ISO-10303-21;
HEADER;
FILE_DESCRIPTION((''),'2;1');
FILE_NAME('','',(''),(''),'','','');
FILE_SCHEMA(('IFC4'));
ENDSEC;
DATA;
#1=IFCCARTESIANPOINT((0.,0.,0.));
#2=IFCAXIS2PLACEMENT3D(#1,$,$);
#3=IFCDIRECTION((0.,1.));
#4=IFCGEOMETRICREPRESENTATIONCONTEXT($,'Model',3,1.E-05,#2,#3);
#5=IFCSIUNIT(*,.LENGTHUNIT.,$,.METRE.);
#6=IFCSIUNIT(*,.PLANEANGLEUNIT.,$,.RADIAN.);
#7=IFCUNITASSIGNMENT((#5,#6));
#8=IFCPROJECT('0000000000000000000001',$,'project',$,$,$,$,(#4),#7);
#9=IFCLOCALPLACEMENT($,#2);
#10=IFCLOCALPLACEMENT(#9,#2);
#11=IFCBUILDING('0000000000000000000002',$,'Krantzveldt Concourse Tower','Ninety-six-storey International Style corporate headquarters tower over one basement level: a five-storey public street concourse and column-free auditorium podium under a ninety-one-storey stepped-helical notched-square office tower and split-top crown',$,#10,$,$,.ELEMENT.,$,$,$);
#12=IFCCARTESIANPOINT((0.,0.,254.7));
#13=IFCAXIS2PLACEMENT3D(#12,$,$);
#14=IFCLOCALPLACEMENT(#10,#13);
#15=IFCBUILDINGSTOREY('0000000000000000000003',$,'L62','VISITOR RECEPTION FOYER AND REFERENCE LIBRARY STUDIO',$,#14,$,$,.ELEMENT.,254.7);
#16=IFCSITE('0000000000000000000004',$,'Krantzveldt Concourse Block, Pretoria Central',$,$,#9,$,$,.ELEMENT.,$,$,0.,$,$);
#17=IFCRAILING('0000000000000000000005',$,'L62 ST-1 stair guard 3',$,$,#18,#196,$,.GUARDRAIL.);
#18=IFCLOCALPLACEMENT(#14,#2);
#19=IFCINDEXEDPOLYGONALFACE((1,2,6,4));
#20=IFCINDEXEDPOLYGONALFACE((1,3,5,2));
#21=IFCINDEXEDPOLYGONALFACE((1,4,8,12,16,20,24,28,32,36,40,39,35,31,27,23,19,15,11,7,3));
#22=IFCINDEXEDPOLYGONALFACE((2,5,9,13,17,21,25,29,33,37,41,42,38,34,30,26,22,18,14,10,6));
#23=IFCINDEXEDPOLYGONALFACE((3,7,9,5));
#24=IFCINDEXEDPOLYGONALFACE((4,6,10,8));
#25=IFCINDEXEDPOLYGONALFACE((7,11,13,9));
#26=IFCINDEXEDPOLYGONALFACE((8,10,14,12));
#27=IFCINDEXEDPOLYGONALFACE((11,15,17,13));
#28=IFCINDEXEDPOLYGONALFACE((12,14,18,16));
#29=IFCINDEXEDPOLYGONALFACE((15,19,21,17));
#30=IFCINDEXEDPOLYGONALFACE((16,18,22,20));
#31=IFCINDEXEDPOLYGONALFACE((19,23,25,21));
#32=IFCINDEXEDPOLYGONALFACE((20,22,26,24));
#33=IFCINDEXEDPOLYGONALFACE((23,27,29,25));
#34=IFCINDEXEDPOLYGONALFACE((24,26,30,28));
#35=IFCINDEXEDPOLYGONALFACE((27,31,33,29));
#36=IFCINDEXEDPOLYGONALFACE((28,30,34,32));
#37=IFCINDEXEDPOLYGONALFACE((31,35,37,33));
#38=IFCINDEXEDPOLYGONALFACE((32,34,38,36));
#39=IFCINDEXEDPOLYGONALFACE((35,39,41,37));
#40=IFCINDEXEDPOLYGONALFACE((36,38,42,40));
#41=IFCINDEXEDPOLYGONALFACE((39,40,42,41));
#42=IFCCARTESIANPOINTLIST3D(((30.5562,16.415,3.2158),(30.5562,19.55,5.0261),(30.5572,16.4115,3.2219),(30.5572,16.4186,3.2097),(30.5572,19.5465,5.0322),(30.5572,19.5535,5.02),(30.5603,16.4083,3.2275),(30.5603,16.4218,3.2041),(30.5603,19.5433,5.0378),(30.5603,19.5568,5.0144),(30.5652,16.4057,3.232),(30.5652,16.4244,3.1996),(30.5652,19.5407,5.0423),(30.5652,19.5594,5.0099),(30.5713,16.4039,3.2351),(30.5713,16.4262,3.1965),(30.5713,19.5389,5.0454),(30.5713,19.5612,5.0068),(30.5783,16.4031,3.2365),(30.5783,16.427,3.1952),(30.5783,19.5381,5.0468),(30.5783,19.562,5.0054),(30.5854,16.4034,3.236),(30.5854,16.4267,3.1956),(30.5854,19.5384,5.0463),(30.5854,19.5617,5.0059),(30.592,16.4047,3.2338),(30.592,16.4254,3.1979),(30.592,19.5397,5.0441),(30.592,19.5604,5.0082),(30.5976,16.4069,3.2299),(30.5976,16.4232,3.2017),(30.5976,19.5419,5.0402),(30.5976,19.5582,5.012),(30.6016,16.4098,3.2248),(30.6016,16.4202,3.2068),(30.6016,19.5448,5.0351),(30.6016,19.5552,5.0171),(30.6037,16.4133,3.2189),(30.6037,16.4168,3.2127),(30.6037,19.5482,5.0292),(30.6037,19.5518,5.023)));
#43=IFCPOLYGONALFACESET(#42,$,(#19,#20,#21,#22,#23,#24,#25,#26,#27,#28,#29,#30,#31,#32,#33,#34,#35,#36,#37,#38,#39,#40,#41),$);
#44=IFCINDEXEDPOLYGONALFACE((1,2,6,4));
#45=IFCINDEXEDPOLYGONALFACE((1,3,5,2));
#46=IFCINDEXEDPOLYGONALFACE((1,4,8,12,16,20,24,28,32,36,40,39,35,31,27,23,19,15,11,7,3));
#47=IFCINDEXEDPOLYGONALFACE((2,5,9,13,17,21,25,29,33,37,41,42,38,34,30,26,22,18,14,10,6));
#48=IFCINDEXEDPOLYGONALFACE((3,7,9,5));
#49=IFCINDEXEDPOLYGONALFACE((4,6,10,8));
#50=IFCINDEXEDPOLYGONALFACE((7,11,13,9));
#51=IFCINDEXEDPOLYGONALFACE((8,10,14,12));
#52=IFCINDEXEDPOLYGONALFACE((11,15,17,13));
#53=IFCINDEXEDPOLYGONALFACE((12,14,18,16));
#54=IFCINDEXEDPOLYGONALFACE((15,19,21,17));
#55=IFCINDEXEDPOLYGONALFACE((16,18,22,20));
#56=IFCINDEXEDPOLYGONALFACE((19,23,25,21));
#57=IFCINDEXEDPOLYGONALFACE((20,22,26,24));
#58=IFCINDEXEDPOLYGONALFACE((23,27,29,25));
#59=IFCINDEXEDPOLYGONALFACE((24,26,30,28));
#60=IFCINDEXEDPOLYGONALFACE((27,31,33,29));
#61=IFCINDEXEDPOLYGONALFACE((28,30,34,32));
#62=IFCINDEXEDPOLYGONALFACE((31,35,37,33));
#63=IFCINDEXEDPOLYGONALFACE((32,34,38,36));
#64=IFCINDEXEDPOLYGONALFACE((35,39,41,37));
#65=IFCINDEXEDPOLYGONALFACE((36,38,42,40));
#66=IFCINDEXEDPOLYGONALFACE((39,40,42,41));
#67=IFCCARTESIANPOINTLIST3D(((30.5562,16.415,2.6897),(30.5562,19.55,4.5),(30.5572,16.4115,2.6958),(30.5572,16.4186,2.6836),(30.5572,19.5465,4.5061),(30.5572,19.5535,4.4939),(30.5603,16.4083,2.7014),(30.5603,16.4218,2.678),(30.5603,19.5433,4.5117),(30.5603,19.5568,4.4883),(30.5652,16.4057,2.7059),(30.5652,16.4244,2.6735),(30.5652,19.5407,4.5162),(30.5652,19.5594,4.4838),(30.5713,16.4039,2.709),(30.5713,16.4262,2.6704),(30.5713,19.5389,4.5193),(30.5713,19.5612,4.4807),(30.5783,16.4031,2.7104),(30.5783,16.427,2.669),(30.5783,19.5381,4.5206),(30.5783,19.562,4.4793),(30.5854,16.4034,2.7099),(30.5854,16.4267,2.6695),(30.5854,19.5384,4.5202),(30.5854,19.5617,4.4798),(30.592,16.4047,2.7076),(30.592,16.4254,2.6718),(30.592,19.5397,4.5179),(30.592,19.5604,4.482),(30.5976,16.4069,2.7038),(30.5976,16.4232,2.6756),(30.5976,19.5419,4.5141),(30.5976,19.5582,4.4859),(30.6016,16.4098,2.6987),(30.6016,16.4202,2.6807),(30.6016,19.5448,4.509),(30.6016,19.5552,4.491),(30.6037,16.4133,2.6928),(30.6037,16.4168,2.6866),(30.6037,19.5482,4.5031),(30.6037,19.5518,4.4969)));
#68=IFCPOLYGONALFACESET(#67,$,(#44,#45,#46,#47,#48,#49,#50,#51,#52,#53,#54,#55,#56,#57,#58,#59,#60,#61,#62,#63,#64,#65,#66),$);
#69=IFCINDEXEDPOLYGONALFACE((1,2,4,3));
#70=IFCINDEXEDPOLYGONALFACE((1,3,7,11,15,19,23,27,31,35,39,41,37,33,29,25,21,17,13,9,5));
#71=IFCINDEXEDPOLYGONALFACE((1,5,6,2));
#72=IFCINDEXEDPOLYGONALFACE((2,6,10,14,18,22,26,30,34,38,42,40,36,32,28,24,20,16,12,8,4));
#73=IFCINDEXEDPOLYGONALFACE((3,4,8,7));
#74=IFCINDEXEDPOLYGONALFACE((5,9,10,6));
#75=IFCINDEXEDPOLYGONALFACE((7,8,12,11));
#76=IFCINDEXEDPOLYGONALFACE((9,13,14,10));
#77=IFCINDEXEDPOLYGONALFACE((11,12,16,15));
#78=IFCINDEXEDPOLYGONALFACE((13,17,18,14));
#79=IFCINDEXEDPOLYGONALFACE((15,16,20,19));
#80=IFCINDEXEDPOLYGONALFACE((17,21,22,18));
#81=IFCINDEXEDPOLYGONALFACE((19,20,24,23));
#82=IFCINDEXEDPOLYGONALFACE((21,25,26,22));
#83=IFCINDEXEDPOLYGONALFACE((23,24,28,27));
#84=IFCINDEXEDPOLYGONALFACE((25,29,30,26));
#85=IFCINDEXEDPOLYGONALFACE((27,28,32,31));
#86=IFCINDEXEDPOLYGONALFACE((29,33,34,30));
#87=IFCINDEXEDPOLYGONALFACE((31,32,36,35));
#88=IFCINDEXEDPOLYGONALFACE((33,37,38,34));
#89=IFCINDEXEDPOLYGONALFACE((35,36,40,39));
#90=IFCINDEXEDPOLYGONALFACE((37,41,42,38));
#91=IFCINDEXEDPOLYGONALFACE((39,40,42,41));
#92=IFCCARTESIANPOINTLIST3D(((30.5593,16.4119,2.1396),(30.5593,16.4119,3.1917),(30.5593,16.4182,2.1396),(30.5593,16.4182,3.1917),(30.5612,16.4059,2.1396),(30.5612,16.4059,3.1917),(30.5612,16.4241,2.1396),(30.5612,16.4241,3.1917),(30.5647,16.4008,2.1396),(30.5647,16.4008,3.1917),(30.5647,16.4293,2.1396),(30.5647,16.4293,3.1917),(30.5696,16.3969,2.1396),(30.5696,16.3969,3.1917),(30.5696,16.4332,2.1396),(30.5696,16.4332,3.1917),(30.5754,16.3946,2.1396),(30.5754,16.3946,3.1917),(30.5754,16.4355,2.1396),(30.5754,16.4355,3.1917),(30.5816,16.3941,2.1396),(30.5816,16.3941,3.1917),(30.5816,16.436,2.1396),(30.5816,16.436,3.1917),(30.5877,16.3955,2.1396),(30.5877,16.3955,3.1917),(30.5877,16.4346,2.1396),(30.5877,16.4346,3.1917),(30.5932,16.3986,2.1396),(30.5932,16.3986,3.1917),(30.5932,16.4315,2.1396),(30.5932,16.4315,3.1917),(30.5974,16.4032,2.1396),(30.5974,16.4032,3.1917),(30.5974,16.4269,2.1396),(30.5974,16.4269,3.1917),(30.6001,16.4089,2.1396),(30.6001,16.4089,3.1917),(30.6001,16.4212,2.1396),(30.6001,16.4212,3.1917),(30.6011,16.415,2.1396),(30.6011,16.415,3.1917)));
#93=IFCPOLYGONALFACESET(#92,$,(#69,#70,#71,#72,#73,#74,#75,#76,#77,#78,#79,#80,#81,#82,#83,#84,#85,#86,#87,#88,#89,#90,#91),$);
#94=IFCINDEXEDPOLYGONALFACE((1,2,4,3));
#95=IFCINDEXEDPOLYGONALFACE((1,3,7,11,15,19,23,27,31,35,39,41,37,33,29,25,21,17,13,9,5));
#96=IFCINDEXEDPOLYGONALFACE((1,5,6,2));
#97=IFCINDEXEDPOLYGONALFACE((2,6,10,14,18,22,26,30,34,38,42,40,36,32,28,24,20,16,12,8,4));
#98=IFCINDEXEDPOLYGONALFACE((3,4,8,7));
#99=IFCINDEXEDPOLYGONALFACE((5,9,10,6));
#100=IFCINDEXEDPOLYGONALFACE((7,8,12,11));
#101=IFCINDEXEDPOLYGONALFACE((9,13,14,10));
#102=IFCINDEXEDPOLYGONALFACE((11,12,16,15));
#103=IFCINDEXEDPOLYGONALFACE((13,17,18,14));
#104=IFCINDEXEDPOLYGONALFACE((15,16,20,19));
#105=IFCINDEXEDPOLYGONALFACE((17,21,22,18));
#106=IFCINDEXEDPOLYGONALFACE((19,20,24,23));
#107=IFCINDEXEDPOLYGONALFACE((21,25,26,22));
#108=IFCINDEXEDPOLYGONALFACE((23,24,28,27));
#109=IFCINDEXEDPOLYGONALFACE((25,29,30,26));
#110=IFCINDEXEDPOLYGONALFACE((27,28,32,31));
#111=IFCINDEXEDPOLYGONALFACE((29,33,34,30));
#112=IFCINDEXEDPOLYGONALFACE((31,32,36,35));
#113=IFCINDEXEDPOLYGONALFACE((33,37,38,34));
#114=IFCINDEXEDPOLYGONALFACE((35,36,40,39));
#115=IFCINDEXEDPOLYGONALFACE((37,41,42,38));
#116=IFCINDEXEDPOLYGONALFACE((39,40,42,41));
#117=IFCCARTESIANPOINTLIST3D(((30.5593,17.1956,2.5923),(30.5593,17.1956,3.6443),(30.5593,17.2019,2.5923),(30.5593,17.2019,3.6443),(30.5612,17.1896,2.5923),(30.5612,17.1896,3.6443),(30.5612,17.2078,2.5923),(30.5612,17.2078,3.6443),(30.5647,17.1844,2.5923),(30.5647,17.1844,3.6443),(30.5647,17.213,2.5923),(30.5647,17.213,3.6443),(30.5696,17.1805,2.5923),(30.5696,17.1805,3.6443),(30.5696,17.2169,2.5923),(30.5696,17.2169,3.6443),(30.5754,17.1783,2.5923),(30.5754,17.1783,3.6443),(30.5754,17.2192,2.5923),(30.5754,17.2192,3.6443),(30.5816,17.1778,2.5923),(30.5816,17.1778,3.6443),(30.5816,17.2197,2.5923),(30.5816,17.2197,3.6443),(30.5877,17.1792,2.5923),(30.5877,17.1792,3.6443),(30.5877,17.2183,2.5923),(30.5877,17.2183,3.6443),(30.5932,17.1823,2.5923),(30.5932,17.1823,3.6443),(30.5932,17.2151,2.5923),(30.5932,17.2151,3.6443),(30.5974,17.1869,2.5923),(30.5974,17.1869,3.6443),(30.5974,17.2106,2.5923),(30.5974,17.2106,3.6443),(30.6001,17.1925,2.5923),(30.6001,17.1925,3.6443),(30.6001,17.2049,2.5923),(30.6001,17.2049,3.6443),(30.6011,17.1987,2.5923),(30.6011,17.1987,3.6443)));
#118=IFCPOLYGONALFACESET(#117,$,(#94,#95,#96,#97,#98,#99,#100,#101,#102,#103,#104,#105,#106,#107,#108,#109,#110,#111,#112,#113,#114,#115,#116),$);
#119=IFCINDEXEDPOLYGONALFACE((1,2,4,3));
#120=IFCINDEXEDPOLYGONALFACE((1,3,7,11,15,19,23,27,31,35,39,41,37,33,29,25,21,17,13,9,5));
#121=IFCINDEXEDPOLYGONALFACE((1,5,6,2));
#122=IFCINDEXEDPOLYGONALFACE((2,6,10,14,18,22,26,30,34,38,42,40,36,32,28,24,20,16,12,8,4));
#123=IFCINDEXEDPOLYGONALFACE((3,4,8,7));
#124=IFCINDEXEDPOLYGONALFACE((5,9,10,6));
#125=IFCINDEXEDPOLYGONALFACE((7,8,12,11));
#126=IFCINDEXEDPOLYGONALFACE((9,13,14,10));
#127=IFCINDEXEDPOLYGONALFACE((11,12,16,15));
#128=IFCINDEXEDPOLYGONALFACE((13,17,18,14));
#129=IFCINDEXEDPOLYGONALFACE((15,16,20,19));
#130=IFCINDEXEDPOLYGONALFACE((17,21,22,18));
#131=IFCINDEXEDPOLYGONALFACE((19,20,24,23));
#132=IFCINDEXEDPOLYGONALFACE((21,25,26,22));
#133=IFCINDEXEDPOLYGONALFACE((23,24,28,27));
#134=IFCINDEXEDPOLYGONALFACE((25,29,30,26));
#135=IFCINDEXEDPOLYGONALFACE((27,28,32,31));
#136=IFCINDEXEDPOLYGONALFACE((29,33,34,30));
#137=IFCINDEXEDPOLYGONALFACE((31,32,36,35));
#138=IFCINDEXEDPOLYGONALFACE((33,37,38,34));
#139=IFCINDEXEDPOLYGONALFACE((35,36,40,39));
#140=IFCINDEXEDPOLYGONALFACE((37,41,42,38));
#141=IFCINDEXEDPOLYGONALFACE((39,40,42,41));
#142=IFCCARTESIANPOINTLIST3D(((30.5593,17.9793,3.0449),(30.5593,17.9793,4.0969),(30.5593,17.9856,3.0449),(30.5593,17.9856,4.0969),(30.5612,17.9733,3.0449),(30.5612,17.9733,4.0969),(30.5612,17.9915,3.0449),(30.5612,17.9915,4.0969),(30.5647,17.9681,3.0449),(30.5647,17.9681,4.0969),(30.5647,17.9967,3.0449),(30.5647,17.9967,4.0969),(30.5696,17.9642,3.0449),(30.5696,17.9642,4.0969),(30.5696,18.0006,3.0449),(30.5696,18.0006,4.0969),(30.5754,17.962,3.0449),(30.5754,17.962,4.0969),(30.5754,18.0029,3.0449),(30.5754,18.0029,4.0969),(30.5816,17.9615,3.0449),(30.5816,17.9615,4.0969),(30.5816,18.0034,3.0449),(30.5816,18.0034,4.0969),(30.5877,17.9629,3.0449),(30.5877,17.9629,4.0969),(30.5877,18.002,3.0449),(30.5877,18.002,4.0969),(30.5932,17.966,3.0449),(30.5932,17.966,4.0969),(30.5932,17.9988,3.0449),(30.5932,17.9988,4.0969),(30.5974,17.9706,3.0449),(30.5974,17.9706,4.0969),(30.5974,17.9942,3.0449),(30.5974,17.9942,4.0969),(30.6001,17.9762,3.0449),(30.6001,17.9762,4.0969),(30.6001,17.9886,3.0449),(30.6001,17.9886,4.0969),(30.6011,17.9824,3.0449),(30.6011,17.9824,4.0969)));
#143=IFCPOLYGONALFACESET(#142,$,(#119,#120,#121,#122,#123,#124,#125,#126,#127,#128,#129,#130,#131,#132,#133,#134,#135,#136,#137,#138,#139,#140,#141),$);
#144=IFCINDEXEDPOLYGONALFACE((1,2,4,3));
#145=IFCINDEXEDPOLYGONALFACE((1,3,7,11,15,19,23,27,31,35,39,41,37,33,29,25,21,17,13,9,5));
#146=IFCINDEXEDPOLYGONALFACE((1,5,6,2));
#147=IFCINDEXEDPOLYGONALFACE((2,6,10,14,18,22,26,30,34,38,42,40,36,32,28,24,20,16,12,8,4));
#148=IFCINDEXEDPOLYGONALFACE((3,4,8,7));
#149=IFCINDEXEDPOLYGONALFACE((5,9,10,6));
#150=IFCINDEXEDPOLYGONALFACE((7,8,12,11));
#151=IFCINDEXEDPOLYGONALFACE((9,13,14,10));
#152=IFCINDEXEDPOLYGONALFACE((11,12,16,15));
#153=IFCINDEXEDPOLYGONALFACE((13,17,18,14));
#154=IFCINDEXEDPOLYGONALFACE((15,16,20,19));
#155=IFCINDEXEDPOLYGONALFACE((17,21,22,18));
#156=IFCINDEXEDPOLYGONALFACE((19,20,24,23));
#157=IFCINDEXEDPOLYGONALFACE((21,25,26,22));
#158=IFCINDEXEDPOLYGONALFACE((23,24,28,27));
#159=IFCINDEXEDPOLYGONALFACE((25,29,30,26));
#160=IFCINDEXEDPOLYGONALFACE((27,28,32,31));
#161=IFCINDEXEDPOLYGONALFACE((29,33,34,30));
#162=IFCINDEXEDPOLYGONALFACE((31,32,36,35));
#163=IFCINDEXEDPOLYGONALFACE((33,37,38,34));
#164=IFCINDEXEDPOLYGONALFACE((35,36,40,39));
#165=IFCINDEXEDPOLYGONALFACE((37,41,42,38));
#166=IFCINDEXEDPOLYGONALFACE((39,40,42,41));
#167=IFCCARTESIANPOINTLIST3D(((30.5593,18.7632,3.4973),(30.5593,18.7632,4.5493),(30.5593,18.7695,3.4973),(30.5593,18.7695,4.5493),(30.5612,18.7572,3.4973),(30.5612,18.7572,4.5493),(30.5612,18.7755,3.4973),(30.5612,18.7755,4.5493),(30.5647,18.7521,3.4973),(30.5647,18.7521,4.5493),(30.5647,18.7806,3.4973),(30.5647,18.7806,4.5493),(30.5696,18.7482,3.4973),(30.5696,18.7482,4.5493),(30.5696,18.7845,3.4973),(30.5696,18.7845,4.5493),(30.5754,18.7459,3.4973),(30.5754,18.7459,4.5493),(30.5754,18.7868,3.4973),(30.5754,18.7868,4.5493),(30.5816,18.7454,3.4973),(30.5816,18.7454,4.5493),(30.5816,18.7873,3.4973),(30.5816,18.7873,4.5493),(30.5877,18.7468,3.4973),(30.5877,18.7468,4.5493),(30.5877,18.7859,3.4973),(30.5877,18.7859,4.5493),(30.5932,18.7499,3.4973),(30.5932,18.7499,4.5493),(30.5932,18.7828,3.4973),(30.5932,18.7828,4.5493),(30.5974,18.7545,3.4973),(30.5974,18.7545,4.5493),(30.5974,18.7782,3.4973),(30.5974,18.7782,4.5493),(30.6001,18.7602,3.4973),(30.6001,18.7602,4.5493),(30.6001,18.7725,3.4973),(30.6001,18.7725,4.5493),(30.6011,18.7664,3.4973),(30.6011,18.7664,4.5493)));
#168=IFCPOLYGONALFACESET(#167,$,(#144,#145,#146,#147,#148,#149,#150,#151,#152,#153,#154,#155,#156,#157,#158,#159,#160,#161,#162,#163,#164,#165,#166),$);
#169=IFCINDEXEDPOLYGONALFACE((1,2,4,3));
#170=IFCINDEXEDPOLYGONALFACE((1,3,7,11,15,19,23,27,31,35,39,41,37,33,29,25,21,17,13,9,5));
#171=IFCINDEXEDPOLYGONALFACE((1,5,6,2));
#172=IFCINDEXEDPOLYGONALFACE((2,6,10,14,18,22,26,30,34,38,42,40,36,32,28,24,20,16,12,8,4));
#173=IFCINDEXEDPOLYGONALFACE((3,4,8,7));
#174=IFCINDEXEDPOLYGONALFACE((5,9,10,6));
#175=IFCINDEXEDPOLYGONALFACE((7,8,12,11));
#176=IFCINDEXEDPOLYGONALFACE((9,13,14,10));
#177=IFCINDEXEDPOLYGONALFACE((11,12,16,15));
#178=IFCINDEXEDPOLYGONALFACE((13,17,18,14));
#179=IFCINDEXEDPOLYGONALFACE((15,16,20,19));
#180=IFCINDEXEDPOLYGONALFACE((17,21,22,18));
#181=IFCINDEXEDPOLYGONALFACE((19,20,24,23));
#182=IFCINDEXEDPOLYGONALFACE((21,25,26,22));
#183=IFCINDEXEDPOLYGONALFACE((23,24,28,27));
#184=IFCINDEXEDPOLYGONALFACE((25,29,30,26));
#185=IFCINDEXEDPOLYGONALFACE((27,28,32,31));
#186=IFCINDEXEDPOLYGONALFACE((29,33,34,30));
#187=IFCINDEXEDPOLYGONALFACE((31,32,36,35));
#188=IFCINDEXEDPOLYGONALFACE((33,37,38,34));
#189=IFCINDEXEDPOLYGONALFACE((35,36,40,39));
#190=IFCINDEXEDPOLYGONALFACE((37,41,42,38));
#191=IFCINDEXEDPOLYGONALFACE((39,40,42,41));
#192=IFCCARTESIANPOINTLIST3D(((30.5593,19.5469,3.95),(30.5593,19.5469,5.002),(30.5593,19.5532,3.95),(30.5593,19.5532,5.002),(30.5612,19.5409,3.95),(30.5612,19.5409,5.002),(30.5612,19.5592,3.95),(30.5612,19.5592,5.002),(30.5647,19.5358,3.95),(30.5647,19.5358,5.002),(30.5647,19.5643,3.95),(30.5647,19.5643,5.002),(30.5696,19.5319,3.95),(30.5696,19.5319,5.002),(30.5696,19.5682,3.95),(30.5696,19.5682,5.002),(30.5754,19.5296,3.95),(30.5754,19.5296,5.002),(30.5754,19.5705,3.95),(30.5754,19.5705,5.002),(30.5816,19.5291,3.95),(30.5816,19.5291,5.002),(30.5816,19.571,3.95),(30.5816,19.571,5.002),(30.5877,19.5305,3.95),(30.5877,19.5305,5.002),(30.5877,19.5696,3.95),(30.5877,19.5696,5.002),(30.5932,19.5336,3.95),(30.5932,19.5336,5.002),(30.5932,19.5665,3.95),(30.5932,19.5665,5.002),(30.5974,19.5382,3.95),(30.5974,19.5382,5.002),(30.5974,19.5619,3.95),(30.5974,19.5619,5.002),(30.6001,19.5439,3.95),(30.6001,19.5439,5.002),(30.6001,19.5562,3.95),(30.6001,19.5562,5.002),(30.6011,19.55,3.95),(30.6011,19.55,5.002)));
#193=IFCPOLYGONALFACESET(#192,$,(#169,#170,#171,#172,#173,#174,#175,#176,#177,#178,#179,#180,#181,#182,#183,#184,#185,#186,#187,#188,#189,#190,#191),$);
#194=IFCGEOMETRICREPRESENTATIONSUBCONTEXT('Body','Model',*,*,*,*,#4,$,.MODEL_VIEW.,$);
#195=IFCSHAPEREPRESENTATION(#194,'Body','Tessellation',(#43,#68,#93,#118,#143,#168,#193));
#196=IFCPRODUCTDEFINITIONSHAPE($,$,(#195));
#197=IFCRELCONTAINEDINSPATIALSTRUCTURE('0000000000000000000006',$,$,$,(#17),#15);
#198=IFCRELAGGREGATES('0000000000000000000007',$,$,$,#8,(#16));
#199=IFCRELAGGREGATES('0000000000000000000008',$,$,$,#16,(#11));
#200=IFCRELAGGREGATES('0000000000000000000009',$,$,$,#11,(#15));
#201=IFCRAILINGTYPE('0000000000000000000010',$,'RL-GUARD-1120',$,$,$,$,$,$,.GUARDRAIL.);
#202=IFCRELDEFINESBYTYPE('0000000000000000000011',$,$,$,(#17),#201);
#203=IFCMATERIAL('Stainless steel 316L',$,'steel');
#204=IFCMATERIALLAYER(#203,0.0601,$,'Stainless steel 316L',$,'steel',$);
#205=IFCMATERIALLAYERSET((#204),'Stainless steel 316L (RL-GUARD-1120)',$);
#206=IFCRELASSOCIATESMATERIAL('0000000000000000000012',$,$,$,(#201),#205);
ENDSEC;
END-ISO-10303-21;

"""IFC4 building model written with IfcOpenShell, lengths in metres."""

from ifc_helpers import new_model, si_unit, direction, frame, origin, origin_2d, place, context, subcontext, project, spatial, circle, extrude, material, layer, layer_set, type_object, element, save


model = new_model("IFC4")

# Units and contexts
model_context = context("Model", 3, precision=1e-05, world=origin(), true_north=direction((0.0, 1.0)))
body_context = subcontext(model_context, "Body", "Model", "MODEL_VIEW")
ifc_project = project(units=[si_unit("LENGTHUNIT", "METRE"), si_unit("PLANEANGLEUNIT", "RADIAN")], contexts=[model_context])

# Site, building, storey
site_placement = place(None, origin())
site = spatial("IfcSite", under=ifc_project, at=site_placement, Name="Krantzveldt Concourse Block, Pretoria Central", CompositionType="ELEMENT", RefElevation=0.0)
building_placement = place(site_placement, origin())
building = spatial("IfcBuilding", under=site, at=building_placement, Name="Krantzveldt Concourse Tower", Description="Ninety-six-storey International Style corporate headquarters tower over one basement level: a five-storey public street concourse and column-free auditorium podium under a ninety-one-storey stepped-helical notched-square office tower and split-top crown", CompositionType="ELEMENT")
storey_placement = place(building_placement, frame((0.0, 0.0, 254.7)))
storey = spatial("IfcBuildingStorey", under=building, at=storey_placement, Name="L62", Description="VISITOR RECEPTION FOYER AND REFERENCE LIBRARY STUDIO", CompositionType="ELEMENT", Elevation=254.7)

# Railing
ifc_material_1 = material(Name="Stainless steel 316L", Category="steel")
ifc_layer_1 = layer(ifc_material_1, 0.0601, Name="Stainless steel 316L", Category="steel")
ifc_layer_set_1 = layer_set([ifc_layer_1], Name="Stainless steel 316L (RL-GUARD-1120)")
railing_type_1 = type_object("IfcRailingType", Name="RL-GUARD-1120", PredefinedType="GUARDRAIL", material=ifc_layer_set_1)
railing_1_placement = place(storey_placement, frame((30.5801, 16.415, 2.1396)))
element("IfcRailing", 1, at=railing_1_placement, inside=storey, type_object=railing_type_1, Name="L62 ST-1 stair guard 3", PredefinedType="GUARDRAIL", context=body_context, shape_type="SweptSolid", body=[
    extrude(circle(Radius=0.0239, at=origin_2d()), frame((0.0, 0.0, 1.0762), z_axis=(0.0, 0.865989, 0.500063), x_axis=(-1.0, 0.0, 0.0)), (0.0, 0.0, 1.0), 3.6201),
    extrude(circle(Radius=0.0239, at=origin_2d()), frame((0.0, 0.0, 0.55), z_axis=(0.0, 0.865989, 0.500063), x_axis=(-1.0, 0.0, 0.0)), (0.0, 0.0, 1.0), 3.6201),
    extrude(circle(Radius=0.021, at=origin_2d()), origin(), (0.0, 0.0, 1.0), 1.052),
    extrude(circle(Radius=0.021, at=origin_2d()), frame((0.0, 0.7837, 0.4526)), (0.0, 0.0, 1.0), 1.052),
    extrude(circle(Radius=0.021, at=origin_2d()), frame((0.0, 1.5674, 0.9053)), (0.0, 0.0, 1.0), 1.052),
    extrude(circle(Radius=0.021, at=origin_2d()), frame((0.0, 2.3513, 1.3577)), (0.0, 0.0, 1.0), 1.052),
    extrude(circle(Radius=0.021, at=origin_2d()), frame((0.0, 3.135, 1.8103)), (0.0, 0.0, 1.0), 1.052),
])

save(model, "model.ifc")
